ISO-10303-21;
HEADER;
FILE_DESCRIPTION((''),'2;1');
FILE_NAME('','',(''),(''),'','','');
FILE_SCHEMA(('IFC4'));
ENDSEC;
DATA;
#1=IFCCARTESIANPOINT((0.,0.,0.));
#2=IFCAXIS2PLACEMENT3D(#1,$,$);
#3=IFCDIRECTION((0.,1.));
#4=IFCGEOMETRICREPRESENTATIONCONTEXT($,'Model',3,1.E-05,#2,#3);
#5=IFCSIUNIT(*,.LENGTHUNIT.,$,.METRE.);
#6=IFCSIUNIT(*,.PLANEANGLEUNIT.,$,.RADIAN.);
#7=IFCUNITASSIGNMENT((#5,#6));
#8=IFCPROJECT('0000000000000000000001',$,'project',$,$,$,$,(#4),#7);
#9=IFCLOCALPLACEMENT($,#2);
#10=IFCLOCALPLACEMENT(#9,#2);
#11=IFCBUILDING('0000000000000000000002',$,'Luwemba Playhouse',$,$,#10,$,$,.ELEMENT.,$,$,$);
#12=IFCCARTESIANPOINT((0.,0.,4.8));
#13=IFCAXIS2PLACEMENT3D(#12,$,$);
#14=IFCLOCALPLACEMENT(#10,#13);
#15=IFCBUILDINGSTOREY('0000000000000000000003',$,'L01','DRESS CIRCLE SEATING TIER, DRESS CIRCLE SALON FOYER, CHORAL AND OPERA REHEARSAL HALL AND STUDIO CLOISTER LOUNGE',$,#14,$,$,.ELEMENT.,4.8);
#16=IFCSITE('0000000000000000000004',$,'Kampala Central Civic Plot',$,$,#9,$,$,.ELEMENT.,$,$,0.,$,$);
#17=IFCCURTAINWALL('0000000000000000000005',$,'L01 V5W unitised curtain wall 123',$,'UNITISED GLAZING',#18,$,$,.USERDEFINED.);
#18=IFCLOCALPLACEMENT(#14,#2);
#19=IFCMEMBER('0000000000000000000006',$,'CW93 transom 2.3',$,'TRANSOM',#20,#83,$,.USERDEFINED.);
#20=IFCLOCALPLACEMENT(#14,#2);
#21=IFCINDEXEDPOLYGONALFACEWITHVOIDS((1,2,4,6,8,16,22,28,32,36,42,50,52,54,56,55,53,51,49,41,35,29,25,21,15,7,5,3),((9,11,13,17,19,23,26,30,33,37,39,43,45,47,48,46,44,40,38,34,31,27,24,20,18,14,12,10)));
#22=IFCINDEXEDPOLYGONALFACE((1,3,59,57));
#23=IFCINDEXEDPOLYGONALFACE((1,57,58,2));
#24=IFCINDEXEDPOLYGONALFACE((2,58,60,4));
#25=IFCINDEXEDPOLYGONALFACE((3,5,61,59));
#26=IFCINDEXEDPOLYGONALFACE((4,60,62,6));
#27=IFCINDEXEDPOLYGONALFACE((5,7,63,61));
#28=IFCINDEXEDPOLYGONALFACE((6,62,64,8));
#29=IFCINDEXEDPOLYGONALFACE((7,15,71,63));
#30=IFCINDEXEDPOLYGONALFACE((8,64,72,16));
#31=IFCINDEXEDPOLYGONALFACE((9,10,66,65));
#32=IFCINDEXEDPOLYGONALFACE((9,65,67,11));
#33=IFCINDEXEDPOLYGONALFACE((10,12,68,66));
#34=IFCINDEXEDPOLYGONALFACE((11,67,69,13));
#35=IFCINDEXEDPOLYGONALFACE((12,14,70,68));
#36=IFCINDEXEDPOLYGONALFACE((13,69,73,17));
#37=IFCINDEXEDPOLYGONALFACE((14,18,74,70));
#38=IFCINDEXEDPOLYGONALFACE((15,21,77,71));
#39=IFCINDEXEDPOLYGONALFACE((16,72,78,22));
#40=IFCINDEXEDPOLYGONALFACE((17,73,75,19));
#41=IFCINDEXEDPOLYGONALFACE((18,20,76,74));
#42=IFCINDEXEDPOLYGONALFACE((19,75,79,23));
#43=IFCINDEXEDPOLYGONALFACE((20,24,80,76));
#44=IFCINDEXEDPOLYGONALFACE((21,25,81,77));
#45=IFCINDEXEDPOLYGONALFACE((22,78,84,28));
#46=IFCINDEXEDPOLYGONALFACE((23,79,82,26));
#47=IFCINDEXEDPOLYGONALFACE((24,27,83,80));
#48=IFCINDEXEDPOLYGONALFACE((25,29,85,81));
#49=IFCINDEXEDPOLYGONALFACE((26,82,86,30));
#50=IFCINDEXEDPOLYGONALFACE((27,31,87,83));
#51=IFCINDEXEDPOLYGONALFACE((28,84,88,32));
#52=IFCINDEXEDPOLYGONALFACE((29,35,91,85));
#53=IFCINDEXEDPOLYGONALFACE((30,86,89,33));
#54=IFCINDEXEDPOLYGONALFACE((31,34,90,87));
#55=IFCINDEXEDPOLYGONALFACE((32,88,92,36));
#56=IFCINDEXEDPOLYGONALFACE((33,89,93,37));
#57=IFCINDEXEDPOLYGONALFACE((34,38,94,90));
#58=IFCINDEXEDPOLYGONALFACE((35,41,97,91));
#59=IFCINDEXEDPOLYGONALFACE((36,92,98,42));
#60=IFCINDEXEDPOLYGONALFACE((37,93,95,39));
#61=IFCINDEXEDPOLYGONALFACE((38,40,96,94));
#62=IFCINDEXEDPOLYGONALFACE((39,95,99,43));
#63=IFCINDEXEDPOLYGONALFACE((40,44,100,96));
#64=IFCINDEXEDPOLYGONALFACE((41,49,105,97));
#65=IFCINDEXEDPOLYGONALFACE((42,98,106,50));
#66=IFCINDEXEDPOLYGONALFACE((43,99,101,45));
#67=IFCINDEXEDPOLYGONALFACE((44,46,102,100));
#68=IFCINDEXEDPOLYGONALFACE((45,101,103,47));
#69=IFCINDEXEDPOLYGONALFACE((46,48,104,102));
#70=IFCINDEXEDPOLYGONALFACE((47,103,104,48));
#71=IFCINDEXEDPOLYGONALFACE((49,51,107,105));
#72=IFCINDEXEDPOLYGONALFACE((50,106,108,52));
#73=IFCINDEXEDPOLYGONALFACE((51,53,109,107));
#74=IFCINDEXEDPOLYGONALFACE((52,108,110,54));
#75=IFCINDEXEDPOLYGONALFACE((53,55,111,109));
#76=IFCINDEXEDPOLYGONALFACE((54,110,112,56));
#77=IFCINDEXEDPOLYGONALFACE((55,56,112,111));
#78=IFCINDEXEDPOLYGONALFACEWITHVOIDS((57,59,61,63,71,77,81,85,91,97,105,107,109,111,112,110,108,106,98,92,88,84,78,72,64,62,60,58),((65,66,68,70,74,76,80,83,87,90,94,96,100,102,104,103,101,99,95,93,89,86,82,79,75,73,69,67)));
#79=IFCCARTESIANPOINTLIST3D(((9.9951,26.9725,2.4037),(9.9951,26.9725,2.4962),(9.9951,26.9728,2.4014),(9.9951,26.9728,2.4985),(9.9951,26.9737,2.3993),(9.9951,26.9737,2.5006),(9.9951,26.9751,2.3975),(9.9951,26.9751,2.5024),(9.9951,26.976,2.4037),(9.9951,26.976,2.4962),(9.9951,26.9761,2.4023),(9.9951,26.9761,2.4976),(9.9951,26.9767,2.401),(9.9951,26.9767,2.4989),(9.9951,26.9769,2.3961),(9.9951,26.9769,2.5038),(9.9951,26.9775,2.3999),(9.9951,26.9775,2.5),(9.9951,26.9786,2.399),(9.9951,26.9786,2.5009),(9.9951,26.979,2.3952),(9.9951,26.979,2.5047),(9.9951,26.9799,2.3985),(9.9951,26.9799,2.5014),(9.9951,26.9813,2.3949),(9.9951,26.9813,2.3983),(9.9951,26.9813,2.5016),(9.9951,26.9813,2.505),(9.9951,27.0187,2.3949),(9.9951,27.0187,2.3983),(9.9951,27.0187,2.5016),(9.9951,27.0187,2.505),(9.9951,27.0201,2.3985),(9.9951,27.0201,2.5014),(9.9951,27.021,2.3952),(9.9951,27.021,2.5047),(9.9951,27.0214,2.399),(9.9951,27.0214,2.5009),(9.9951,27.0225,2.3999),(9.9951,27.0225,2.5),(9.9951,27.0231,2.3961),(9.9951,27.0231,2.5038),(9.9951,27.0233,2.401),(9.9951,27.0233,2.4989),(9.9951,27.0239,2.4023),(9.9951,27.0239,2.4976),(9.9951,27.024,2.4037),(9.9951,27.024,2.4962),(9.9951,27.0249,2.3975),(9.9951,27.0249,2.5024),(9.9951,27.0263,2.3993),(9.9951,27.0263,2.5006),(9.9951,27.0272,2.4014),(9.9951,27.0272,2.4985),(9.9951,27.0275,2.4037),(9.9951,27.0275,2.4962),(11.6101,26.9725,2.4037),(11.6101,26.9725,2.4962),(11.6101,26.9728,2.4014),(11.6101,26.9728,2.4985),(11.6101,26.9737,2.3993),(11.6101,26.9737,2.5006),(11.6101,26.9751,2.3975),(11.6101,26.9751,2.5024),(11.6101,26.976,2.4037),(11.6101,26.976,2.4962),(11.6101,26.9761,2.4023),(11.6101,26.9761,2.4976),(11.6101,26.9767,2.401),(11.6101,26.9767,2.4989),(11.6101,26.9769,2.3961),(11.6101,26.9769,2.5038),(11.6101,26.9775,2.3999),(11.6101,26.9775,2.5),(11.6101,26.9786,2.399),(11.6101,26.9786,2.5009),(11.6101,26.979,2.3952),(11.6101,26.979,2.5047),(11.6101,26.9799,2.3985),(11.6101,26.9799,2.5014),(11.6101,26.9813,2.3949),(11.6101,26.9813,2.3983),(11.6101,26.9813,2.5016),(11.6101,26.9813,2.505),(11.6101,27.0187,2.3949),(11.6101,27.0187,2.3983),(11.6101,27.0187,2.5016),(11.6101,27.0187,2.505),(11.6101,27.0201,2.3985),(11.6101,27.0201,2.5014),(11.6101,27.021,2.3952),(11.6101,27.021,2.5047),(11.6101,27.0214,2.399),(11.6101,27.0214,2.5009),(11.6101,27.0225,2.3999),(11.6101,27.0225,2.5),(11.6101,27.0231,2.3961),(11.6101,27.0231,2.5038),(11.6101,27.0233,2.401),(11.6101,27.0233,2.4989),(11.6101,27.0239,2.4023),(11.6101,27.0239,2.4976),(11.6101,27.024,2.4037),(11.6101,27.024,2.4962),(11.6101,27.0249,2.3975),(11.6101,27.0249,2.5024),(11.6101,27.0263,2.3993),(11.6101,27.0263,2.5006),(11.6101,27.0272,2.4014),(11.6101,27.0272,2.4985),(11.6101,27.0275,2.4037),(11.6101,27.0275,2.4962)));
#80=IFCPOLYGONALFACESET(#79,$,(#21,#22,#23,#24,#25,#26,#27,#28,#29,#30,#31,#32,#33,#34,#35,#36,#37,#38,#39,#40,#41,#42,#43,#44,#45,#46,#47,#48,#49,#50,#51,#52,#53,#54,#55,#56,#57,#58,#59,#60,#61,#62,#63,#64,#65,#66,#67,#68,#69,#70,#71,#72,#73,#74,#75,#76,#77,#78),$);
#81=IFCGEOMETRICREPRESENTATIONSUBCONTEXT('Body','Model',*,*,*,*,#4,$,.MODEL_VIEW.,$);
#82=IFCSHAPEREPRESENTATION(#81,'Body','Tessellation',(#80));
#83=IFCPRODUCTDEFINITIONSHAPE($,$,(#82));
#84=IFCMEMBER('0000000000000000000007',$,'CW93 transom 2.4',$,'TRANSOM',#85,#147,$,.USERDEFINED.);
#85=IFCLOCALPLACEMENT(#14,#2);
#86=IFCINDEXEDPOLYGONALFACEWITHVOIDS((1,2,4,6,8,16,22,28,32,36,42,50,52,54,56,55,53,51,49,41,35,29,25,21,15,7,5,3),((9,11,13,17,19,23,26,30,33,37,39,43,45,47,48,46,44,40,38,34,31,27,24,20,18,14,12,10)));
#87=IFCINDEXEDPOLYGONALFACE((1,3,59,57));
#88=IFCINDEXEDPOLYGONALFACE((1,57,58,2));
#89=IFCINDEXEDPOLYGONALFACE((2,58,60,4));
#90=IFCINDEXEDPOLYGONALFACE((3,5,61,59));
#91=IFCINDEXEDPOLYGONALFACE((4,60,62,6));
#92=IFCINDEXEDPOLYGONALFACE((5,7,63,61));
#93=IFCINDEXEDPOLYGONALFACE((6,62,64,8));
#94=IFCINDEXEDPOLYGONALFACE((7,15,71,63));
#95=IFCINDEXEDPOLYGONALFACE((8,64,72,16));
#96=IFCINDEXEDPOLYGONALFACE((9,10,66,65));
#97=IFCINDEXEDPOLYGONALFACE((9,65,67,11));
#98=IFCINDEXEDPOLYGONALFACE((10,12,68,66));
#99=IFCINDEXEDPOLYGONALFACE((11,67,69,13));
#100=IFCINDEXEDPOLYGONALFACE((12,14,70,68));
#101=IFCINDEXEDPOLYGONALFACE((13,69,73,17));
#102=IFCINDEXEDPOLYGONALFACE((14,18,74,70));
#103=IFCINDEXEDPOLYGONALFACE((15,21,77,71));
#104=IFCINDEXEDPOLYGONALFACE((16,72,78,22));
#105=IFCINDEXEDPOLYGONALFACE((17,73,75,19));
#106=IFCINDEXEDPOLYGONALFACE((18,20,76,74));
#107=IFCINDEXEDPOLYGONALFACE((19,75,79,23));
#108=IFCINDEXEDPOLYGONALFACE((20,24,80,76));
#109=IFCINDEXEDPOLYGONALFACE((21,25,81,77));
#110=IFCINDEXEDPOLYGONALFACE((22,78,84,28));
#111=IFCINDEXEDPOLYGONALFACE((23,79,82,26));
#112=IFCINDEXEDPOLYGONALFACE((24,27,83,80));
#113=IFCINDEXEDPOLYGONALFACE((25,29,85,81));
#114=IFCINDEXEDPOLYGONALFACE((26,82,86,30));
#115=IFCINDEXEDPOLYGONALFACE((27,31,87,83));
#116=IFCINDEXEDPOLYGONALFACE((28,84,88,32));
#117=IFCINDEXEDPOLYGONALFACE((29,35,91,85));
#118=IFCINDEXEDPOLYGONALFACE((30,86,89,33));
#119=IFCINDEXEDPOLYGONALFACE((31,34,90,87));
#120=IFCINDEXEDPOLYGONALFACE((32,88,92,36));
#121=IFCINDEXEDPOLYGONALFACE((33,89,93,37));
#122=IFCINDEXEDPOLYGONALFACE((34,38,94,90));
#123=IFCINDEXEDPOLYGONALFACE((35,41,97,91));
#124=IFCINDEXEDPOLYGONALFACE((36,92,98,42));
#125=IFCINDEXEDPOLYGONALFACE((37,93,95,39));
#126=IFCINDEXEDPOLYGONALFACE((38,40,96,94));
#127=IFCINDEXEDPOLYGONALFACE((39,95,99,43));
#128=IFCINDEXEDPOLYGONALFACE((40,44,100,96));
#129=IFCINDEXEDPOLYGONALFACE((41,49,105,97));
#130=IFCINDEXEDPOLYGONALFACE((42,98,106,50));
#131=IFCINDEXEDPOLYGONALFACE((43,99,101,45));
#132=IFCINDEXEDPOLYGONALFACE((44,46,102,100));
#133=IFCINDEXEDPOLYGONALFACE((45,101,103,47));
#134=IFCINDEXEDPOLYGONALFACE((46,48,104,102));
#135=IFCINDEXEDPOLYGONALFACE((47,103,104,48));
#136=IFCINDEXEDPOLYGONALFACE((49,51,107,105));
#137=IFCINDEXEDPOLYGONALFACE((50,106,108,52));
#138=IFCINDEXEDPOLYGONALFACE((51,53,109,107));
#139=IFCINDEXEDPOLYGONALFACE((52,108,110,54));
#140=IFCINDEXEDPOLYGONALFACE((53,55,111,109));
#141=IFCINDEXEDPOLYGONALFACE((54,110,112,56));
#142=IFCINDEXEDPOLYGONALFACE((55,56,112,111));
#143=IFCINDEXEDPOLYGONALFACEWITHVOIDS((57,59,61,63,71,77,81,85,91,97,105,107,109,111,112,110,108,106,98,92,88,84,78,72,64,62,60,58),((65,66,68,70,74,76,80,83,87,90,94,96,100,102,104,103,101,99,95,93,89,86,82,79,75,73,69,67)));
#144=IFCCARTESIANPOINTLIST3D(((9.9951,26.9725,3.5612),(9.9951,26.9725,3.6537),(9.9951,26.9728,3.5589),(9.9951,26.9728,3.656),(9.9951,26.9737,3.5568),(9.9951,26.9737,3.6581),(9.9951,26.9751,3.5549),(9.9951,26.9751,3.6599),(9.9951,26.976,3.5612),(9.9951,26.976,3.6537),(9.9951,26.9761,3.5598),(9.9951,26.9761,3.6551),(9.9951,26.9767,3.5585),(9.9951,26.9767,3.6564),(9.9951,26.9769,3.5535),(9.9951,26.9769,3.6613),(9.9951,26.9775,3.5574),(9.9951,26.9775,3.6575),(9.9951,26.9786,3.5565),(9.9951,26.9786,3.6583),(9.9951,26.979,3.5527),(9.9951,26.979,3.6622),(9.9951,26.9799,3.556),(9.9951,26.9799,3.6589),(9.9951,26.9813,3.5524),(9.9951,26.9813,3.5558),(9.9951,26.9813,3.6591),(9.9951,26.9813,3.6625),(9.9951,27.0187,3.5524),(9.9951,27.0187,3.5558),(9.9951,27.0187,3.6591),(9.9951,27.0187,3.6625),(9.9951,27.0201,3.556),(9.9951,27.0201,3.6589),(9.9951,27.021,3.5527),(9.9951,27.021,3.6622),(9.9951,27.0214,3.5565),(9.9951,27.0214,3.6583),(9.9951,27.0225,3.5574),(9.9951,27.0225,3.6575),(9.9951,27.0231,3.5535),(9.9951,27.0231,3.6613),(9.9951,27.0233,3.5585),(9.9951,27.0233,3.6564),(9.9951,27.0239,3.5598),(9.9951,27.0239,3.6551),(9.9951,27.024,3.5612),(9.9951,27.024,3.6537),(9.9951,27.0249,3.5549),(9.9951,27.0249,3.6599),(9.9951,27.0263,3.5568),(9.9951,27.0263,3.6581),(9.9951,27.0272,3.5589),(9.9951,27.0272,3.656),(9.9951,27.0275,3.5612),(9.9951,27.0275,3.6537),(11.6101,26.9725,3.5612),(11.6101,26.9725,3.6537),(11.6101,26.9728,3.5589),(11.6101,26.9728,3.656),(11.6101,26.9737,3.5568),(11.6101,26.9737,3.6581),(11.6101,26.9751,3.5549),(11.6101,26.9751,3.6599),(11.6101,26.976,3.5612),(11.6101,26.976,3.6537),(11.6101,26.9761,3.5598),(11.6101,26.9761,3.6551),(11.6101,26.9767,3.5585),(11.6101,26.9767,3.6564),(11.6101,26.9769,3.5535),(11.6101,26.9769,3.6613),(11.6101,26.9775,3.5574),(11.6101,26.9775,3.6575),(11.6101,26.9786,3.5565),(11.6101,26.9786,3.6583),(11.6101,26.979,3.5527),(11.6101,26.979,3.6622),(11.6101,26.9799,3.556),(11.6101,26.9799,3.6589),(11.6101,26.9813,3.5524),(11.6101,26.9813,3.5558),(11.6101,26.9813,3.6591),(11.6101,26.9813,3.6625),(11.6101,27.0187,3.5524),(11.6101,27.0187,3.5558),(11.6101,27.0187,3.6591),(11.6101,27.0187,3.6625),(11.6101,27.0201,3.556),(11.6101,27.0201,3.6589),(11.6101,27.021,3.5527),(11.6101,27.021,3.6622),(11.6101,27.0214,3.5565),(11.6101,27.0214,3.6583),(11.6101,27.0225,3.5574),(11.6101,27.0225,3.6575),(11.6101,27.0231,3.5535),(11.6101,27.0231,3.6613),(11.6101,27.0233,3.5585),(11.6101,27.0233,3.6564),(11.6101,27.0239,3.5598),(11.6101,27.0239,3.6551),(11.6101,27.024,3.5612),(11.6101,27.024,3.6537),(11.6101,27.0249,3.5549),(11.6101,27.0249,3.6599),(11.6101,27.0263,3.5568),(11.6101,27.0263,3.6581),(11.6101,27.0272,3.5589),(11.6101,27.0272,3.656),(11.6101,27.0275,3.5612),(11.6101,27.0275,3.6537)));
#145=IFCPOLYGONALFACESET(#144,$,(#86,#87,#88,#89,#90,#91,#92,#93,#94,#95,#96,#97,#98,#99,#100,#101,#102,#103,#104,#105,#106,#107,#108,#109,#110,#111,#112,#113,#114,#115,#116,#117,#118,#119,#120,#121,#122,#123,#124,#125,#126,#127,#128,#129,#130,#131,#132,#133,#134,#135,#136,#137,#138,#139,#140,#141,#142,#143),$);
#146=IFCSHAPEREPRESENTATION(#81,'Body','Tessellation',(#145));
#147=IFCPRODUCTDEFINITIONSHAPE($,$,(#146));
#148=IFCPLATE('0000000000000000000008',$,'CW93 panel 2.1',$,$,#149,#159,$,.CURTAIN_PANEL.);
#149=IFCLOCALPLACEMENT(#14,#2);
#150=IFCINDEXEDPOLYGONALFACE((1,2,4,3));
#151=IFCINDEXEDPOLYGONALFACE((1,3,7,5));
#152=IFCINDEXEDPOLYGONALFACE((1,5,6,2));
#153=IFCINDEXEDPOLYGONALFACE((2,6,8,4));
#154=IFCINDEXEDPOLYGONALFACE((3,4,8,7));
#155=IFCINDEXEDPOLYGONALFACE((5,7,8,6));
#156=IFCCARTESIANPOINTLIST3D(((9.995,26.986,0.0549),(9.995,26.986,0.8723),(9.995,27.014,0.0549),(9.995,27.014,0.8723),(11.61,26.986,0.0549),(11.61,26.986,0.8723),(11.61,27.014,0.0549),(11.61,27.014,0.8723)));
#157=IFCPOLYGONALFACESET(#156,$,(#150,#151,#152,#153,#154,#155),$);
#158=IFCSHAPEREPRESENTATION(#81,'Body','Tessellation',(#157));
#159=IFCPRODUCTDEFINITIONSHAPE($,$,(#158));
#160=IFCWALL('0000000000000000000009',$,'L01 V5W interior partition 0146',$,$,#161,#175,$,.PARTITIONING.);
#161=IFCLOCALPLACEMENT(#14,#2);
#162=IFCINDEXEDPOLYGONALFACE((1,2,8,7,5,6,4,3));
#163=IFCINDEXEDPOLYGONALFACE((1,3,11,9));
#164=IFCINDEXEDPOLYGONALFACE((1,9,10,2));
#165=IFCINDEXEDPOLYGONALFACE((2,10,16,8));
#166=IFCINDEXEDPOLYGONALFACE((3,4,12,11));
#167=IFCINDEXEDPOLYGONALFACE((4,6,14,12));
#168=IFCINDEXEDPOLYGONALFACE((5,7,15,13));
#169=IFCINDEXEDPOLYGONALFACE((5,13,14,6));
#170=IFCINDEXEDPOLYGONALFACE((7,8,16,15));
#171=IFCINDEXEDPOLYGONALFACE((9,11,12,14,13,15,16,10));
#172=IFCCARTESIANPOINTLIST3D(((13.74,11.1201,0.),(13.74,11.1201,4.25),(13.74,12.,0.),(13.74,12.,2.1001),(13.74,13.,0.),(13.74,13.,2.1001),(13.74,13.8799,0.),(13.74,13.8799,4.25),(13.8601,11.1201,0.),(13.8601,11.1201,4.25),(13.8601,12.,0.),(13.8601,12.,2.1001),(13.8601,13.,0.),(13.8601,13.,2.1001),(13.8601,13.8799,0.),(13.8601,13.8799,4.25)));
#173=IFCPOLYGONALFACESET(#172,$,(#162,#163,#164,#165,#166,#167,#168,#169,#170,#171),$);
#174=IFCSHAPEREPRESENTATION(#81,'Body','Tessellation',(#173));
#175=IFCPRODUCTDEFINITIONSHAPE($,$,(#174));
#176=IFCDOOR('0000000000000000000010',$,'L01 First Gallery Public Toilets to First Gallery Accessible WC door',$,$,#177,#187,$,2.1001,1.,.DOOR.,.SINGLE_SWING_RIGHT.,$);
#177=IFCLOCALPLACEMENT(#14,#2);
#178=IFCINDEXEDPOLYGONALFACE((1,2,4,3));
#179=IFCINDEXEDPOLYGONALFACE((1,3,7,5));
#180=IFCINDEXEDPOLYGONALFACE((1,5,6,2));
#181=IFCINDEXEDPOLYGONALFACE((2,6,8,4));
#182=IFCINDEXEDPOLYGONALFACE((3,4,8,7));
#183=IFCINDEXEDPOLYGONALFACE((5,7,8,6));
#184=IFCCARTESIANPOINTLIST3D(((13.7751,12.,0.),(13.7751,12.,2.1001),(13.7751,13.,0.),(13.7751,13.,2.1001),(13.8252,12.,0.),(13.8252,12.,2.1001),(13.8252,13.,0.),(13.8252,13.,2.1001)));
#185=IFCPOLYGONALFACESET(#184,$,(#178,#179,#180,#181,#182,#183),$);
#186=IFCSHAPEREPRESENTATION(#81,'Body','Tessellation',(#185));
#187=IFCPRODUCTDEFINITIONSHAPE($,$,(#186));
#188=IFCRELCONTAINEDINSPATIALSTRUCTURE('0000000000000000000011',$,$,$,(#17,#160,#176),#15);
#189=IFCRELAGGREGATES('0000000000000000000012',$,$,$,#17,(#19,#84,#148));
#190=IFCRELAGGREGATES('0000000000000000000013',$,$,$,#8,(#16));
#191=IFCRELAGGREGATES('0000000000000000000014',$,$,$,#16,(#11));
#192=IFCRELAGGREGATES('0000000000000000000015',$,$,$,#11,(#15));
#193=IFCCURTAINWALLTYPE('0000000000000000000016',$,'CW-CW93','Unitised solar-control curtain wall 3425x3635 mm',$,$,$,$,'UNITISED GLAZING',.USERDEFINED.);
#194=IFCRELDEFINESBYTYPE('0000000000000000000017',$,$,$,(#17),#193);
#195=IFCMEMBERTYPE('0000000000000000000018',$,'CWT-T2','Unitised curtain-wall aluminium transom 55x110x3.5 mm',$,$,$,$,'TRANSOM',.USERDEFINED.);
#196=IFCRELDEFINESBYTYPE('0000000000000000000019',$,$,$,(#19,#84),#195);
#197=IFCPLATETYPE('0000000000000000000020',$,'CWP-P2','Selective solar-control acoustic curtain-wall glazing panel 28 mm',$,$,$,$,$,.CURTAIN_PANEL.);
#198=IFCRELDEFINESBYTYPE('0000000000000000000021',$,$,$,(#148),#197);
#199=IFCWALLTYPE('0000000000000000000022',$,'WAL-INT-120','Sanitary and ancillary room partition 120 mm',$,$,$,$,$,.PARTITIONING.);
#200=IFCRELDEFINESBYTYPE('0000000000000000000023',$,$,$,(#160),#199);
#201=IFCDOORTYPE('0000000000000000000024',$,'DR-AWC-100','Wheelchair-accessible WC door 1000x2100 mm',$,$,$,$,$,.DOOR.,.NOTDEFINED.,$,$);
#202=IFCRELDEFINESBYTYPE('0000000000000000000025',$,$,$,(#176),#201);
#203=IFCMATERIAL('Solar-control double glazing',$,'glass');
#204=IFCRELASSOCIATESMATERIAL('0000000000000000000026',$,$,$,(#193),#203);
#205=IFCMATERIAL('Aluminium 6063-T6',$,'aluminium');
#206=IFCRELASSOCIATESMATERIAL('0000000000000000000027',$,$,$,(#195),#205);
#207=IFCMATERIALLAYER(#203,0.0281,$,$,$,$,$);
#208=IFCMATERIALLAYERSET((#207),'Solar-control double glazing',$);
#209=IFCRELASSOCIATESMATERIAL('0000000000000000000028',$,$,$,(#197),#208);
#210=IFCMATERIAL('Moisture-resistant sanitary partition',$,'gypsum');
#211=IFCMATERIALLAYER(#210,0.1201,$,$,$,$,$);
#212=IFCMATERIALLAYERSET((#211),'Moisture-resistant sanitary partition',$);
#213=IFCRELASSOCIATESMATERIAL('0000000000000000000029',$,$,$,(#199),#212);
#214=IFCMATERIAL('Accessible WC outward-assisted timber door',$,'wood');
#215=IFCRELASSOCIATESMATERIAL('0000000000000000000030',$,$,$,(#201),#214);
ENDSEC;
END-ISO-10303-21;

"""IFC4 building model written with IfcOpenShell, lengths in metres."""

from ifc_helpers import new_model, si_unit, direction, frame, frame_2d, origin, origin_2d, place, context, subcontext, project, spatial, rectangle, hollow_rectangle, extrude, material, layer, layer_set, material_profile, profile_set, type_object, element, fill, aggregate, save


model = new_model("IFC4")

# Units and contexts
model_context = context("Model", 3, precision=1e-05, world=origin(), true_north=direction((0.0, 1.0)))
body_context = subcontext(model_context, "Body", "Model", "MODEL_VIEW")
ifc_project = project(units=[si_unit("LENGTHUNIT", "METRE"), si_unit("PLANEANGLEUNIT", "RADIAN")], contexts=[model_context])

# Site, building, storey
site_placement = place(None, origin())
site = spatial("IfcSite", under=ifc_project, at=site_placement, Name="Kampala Central Civic Plot", CompositionType="ELEMENT", RefElevation=0.0)
building_placement = place(site_placement, origin())
building = spatial("IfcBuilding", under=site, at=building_placement, Name="Luwemba Playhouse", CompositionType="ELEMENT")
storey_placement = place(building_placement, frame((0.0, 0.0, 4.8)))
storey = spatial("IfcBuildingStorey", under=building, at=storey_placement, Name="L01", Description="DRESS CIRCLE SEATING TIER, DRESS CIRCLE SALON FOYER, CHORAL AND OPERA REHEARSAL HALL AND STUDIO CLOISTER LOUNGE", CompositionType="ELEMENT", Elevation=4.8)

# Curtain wall, members, plate
ifc_material_1 = material(Name="Solar-control double glazing", Category="glass")
curtain_wall_type = type_object("IfcCurtainWallType", Name="CW-CW93", Description="Unitised solar-control curtain wall 3425x3635 mm", ElementType="UNITISED GLAZING", PredefinedType="USERDEFINED", material=ifc_material_1)
curtain_wall_placement = place(storey_placement, origin())
curtain_wall = element("IfcCurtainWall", 1, at=curtain_wall_placement, inside=storey, type_object=curtain_wall_type, Name="L01 V5W unitised curtain wall 123", ObjectType="UNITISED GLAZING", PredefinedType="USERDEFINED")
ifc_material_2 = material(Name="Aluminium 6063-T6", Category="aluminium")
ifc_material_profile_1 = material_profile(ifc_material_2, hollow_rectangle(XDim=0.0549, YDim=0.1101, WallThickness=0.0034, InnerFilletRadius=0.0054, OuterFilletRadius=0.0088, at=origin_2d()))
ifc_profile_set_1 = profile_set([ifc_material_profile_1], Name="Aluminium 6063-T6")
member_type_1 = type_object("IfcMemberType", Name="CWT-T2", Description="Unitised curtain-wall aluminium transom 55x110x3.5 mm", ElementType="TRANSOM", PredefinedType="USERDEFINED", material=ifc_profile_set_1)
member_1_placement = place(storey_placement, frame((9.9951, 27.0, 2.45), z_axis=(1.0, 0.0, 0.0), x_axis=(0.0, 1.0, 0.0)))
member_1 = element("IfcMember", 2, at=member_1_placement, type_object=member_type_1, Name="CW93 transom 2.3", ObjectType="TRANSOM", PredefinedType="USERDEFINED", context=body_context, shape_type="SweptSolid", body=[
    extrude(hollow_rectangle(XDim=0.0549, YDim=0.1101, WallThickness=0.0034, InnerFilletRadius=0.0054, OuterFilletRadius=0.0088, at=origin_2d()), origin(), (0.0, 0.0, 1.0), 1.615),
])
member_2_placement = place(storey_placement, frame((9.9951, 27.0, 3.6074), z_axis=(1.0, 0.0, 0.0), x_axis=(0.0, 1.0, 0.0)))
member_2 = element("IfcMember", 3, at=member_2_placement, type_object=member_type_1, Name="CW93 transom 2.4", ObjectType="TRANSOM", PredefinedType="USERDEFINED", context=body_context, shape_type="SweptSolid", body=[
    extrude(hollow_rectangle(XDim=0.0549, YDim=0.1101, WallThickness=0.0034, InnerFilletRadius=0.0054, OuterFilletRadius=0.0088, at=origin_2d()), origin(), (0.0, 0.0, 1.0), 1.615),
])
ifc_layer_1 = layer(ifc_material_1, 0.0281)
ifc_layer_set_1 = layer_set([ifc_layer_1], Name="Solar-control double glazing")
plate_type = type_object("IfcPlateType", Name="CWP-P2", Description="Selective solar-control acoustic curtain-wall glazing panel 28 mm", PredefinedType="CURTAIN_PANEL", material=ifc_layer_set_1)
plate_placement = place(storey_placement, frame((10.8025, 27.0, 0.0549), z_axis=(0.0, 0.0, 1.0), x_axis=(1.0, 0.0, 0.0)))
plate = element("IfcPlate", 4, at=plate_placement, type_object=plate_type, Name="CW93 panel 2.1", PredefinedType="CURTAIN_PANEL", context=body_context, shape_type="SweptSolid", body=[
    extrude(rectangle(XDim=1.615, YDim=0.0281, at=origin_2d()), origin(), (0.0, 0.0, 1.0), 0.8174),
])
aggregate(curtain_wall, [member_1, member_2, plate])

# Wall, opening, door
ifc_material_3 = material(Name="Moisture-resistant sanitary partition", Category="gypsum")
ifc_layer_2 = layer(ifc_material_3, 0.1201)
ifc_layer_set_2 = layer_set([ifc_layer_2], Name="Moisture-resistant sanitary partition")
wall_type = type_object("IfcWallType", Name="WAL-INT-120", Description="Sanitary and ancillary room partition 120 mm", PredefinedType="PARTITIONING", material=ifc_layer_set_2)
wall_placement = place(storey_placement, frame((13.8, 11.1201, 0.0), z_axis=(0.0, 0.0, 1.0), x_axis=(0.0, 1.0, 0.0)))
wall = element("IfcWall", 5, at=wall_placement, inside=storey, type_object=wall_type, Name="L01 V5W interior partition 0146", PredefinedType="PARTITIONING", context=body_context, shape_type="SweptSolid", body=[
    extrude(rectangle(XDim=2.7598, YDim=0.1201, at=frame_2d((1.3799, 0.0))), origin(), (0.0, 0.0, 1.0), 4.25),
])
opening_placement = place(wall_placement, frame((0.8799, 0.0, 0.0)))
opening = element("IfcOpeningElement", 6, at=opening_placement, cuts=wall, PredefinedType="OPENING", context=body_context, shape_type="SweptSolid", body=[
    extrude(rectangle(XDim=1.0, YDim=2.1001, at=frame_2d((0.5, 1.05))), frame((0.0, 0.0701, 0.0), z_axis=(0.0, -1.0, 0.0), x_axis=(1.0, 0.0, 0.0)), (0.0, 0.0, 1.0), 0.1401),
])
ifc_material_4 = material(Name="Accessible WC outward-assisted timber door", Category="wood")
door_type = type_object("IfcDoorType", Name="DR-AWC-100", Description="Wheelchair-accessible WC door 1000x2100 mm", OperationType="NOTDEFINED", PredefinedType="DOOR", material=ifc_material_4)
door_placement = place(opening_placement, origin())
door = element("IfcDoor", 7, at=door_placement, inside=storey, type_object=door_type, Name="L01 First Gallery Public Toilets to First Gallery Accessible WC door", OperationType="SINGLE_SWING_RIGHT", OverallHeight=2.1001, OverallWidth=1.0, PredefinedType="DOOR", context=body_context, shape_type="SweptSolid", body=[
    extrude(rectangle(XDim=1.0, YDim=2.1001, at=frame_2d((0.5, 1.05))), frame((0.0, 0.0249, 0.0), z_axis=(0.0, -1.0, 0.0), x_axis=(1.0, 0.0, 0.0)), (0.0, 0.0, 1.0), 0.05),
])
fill(opening, door)

save(model, "model.ifc")
